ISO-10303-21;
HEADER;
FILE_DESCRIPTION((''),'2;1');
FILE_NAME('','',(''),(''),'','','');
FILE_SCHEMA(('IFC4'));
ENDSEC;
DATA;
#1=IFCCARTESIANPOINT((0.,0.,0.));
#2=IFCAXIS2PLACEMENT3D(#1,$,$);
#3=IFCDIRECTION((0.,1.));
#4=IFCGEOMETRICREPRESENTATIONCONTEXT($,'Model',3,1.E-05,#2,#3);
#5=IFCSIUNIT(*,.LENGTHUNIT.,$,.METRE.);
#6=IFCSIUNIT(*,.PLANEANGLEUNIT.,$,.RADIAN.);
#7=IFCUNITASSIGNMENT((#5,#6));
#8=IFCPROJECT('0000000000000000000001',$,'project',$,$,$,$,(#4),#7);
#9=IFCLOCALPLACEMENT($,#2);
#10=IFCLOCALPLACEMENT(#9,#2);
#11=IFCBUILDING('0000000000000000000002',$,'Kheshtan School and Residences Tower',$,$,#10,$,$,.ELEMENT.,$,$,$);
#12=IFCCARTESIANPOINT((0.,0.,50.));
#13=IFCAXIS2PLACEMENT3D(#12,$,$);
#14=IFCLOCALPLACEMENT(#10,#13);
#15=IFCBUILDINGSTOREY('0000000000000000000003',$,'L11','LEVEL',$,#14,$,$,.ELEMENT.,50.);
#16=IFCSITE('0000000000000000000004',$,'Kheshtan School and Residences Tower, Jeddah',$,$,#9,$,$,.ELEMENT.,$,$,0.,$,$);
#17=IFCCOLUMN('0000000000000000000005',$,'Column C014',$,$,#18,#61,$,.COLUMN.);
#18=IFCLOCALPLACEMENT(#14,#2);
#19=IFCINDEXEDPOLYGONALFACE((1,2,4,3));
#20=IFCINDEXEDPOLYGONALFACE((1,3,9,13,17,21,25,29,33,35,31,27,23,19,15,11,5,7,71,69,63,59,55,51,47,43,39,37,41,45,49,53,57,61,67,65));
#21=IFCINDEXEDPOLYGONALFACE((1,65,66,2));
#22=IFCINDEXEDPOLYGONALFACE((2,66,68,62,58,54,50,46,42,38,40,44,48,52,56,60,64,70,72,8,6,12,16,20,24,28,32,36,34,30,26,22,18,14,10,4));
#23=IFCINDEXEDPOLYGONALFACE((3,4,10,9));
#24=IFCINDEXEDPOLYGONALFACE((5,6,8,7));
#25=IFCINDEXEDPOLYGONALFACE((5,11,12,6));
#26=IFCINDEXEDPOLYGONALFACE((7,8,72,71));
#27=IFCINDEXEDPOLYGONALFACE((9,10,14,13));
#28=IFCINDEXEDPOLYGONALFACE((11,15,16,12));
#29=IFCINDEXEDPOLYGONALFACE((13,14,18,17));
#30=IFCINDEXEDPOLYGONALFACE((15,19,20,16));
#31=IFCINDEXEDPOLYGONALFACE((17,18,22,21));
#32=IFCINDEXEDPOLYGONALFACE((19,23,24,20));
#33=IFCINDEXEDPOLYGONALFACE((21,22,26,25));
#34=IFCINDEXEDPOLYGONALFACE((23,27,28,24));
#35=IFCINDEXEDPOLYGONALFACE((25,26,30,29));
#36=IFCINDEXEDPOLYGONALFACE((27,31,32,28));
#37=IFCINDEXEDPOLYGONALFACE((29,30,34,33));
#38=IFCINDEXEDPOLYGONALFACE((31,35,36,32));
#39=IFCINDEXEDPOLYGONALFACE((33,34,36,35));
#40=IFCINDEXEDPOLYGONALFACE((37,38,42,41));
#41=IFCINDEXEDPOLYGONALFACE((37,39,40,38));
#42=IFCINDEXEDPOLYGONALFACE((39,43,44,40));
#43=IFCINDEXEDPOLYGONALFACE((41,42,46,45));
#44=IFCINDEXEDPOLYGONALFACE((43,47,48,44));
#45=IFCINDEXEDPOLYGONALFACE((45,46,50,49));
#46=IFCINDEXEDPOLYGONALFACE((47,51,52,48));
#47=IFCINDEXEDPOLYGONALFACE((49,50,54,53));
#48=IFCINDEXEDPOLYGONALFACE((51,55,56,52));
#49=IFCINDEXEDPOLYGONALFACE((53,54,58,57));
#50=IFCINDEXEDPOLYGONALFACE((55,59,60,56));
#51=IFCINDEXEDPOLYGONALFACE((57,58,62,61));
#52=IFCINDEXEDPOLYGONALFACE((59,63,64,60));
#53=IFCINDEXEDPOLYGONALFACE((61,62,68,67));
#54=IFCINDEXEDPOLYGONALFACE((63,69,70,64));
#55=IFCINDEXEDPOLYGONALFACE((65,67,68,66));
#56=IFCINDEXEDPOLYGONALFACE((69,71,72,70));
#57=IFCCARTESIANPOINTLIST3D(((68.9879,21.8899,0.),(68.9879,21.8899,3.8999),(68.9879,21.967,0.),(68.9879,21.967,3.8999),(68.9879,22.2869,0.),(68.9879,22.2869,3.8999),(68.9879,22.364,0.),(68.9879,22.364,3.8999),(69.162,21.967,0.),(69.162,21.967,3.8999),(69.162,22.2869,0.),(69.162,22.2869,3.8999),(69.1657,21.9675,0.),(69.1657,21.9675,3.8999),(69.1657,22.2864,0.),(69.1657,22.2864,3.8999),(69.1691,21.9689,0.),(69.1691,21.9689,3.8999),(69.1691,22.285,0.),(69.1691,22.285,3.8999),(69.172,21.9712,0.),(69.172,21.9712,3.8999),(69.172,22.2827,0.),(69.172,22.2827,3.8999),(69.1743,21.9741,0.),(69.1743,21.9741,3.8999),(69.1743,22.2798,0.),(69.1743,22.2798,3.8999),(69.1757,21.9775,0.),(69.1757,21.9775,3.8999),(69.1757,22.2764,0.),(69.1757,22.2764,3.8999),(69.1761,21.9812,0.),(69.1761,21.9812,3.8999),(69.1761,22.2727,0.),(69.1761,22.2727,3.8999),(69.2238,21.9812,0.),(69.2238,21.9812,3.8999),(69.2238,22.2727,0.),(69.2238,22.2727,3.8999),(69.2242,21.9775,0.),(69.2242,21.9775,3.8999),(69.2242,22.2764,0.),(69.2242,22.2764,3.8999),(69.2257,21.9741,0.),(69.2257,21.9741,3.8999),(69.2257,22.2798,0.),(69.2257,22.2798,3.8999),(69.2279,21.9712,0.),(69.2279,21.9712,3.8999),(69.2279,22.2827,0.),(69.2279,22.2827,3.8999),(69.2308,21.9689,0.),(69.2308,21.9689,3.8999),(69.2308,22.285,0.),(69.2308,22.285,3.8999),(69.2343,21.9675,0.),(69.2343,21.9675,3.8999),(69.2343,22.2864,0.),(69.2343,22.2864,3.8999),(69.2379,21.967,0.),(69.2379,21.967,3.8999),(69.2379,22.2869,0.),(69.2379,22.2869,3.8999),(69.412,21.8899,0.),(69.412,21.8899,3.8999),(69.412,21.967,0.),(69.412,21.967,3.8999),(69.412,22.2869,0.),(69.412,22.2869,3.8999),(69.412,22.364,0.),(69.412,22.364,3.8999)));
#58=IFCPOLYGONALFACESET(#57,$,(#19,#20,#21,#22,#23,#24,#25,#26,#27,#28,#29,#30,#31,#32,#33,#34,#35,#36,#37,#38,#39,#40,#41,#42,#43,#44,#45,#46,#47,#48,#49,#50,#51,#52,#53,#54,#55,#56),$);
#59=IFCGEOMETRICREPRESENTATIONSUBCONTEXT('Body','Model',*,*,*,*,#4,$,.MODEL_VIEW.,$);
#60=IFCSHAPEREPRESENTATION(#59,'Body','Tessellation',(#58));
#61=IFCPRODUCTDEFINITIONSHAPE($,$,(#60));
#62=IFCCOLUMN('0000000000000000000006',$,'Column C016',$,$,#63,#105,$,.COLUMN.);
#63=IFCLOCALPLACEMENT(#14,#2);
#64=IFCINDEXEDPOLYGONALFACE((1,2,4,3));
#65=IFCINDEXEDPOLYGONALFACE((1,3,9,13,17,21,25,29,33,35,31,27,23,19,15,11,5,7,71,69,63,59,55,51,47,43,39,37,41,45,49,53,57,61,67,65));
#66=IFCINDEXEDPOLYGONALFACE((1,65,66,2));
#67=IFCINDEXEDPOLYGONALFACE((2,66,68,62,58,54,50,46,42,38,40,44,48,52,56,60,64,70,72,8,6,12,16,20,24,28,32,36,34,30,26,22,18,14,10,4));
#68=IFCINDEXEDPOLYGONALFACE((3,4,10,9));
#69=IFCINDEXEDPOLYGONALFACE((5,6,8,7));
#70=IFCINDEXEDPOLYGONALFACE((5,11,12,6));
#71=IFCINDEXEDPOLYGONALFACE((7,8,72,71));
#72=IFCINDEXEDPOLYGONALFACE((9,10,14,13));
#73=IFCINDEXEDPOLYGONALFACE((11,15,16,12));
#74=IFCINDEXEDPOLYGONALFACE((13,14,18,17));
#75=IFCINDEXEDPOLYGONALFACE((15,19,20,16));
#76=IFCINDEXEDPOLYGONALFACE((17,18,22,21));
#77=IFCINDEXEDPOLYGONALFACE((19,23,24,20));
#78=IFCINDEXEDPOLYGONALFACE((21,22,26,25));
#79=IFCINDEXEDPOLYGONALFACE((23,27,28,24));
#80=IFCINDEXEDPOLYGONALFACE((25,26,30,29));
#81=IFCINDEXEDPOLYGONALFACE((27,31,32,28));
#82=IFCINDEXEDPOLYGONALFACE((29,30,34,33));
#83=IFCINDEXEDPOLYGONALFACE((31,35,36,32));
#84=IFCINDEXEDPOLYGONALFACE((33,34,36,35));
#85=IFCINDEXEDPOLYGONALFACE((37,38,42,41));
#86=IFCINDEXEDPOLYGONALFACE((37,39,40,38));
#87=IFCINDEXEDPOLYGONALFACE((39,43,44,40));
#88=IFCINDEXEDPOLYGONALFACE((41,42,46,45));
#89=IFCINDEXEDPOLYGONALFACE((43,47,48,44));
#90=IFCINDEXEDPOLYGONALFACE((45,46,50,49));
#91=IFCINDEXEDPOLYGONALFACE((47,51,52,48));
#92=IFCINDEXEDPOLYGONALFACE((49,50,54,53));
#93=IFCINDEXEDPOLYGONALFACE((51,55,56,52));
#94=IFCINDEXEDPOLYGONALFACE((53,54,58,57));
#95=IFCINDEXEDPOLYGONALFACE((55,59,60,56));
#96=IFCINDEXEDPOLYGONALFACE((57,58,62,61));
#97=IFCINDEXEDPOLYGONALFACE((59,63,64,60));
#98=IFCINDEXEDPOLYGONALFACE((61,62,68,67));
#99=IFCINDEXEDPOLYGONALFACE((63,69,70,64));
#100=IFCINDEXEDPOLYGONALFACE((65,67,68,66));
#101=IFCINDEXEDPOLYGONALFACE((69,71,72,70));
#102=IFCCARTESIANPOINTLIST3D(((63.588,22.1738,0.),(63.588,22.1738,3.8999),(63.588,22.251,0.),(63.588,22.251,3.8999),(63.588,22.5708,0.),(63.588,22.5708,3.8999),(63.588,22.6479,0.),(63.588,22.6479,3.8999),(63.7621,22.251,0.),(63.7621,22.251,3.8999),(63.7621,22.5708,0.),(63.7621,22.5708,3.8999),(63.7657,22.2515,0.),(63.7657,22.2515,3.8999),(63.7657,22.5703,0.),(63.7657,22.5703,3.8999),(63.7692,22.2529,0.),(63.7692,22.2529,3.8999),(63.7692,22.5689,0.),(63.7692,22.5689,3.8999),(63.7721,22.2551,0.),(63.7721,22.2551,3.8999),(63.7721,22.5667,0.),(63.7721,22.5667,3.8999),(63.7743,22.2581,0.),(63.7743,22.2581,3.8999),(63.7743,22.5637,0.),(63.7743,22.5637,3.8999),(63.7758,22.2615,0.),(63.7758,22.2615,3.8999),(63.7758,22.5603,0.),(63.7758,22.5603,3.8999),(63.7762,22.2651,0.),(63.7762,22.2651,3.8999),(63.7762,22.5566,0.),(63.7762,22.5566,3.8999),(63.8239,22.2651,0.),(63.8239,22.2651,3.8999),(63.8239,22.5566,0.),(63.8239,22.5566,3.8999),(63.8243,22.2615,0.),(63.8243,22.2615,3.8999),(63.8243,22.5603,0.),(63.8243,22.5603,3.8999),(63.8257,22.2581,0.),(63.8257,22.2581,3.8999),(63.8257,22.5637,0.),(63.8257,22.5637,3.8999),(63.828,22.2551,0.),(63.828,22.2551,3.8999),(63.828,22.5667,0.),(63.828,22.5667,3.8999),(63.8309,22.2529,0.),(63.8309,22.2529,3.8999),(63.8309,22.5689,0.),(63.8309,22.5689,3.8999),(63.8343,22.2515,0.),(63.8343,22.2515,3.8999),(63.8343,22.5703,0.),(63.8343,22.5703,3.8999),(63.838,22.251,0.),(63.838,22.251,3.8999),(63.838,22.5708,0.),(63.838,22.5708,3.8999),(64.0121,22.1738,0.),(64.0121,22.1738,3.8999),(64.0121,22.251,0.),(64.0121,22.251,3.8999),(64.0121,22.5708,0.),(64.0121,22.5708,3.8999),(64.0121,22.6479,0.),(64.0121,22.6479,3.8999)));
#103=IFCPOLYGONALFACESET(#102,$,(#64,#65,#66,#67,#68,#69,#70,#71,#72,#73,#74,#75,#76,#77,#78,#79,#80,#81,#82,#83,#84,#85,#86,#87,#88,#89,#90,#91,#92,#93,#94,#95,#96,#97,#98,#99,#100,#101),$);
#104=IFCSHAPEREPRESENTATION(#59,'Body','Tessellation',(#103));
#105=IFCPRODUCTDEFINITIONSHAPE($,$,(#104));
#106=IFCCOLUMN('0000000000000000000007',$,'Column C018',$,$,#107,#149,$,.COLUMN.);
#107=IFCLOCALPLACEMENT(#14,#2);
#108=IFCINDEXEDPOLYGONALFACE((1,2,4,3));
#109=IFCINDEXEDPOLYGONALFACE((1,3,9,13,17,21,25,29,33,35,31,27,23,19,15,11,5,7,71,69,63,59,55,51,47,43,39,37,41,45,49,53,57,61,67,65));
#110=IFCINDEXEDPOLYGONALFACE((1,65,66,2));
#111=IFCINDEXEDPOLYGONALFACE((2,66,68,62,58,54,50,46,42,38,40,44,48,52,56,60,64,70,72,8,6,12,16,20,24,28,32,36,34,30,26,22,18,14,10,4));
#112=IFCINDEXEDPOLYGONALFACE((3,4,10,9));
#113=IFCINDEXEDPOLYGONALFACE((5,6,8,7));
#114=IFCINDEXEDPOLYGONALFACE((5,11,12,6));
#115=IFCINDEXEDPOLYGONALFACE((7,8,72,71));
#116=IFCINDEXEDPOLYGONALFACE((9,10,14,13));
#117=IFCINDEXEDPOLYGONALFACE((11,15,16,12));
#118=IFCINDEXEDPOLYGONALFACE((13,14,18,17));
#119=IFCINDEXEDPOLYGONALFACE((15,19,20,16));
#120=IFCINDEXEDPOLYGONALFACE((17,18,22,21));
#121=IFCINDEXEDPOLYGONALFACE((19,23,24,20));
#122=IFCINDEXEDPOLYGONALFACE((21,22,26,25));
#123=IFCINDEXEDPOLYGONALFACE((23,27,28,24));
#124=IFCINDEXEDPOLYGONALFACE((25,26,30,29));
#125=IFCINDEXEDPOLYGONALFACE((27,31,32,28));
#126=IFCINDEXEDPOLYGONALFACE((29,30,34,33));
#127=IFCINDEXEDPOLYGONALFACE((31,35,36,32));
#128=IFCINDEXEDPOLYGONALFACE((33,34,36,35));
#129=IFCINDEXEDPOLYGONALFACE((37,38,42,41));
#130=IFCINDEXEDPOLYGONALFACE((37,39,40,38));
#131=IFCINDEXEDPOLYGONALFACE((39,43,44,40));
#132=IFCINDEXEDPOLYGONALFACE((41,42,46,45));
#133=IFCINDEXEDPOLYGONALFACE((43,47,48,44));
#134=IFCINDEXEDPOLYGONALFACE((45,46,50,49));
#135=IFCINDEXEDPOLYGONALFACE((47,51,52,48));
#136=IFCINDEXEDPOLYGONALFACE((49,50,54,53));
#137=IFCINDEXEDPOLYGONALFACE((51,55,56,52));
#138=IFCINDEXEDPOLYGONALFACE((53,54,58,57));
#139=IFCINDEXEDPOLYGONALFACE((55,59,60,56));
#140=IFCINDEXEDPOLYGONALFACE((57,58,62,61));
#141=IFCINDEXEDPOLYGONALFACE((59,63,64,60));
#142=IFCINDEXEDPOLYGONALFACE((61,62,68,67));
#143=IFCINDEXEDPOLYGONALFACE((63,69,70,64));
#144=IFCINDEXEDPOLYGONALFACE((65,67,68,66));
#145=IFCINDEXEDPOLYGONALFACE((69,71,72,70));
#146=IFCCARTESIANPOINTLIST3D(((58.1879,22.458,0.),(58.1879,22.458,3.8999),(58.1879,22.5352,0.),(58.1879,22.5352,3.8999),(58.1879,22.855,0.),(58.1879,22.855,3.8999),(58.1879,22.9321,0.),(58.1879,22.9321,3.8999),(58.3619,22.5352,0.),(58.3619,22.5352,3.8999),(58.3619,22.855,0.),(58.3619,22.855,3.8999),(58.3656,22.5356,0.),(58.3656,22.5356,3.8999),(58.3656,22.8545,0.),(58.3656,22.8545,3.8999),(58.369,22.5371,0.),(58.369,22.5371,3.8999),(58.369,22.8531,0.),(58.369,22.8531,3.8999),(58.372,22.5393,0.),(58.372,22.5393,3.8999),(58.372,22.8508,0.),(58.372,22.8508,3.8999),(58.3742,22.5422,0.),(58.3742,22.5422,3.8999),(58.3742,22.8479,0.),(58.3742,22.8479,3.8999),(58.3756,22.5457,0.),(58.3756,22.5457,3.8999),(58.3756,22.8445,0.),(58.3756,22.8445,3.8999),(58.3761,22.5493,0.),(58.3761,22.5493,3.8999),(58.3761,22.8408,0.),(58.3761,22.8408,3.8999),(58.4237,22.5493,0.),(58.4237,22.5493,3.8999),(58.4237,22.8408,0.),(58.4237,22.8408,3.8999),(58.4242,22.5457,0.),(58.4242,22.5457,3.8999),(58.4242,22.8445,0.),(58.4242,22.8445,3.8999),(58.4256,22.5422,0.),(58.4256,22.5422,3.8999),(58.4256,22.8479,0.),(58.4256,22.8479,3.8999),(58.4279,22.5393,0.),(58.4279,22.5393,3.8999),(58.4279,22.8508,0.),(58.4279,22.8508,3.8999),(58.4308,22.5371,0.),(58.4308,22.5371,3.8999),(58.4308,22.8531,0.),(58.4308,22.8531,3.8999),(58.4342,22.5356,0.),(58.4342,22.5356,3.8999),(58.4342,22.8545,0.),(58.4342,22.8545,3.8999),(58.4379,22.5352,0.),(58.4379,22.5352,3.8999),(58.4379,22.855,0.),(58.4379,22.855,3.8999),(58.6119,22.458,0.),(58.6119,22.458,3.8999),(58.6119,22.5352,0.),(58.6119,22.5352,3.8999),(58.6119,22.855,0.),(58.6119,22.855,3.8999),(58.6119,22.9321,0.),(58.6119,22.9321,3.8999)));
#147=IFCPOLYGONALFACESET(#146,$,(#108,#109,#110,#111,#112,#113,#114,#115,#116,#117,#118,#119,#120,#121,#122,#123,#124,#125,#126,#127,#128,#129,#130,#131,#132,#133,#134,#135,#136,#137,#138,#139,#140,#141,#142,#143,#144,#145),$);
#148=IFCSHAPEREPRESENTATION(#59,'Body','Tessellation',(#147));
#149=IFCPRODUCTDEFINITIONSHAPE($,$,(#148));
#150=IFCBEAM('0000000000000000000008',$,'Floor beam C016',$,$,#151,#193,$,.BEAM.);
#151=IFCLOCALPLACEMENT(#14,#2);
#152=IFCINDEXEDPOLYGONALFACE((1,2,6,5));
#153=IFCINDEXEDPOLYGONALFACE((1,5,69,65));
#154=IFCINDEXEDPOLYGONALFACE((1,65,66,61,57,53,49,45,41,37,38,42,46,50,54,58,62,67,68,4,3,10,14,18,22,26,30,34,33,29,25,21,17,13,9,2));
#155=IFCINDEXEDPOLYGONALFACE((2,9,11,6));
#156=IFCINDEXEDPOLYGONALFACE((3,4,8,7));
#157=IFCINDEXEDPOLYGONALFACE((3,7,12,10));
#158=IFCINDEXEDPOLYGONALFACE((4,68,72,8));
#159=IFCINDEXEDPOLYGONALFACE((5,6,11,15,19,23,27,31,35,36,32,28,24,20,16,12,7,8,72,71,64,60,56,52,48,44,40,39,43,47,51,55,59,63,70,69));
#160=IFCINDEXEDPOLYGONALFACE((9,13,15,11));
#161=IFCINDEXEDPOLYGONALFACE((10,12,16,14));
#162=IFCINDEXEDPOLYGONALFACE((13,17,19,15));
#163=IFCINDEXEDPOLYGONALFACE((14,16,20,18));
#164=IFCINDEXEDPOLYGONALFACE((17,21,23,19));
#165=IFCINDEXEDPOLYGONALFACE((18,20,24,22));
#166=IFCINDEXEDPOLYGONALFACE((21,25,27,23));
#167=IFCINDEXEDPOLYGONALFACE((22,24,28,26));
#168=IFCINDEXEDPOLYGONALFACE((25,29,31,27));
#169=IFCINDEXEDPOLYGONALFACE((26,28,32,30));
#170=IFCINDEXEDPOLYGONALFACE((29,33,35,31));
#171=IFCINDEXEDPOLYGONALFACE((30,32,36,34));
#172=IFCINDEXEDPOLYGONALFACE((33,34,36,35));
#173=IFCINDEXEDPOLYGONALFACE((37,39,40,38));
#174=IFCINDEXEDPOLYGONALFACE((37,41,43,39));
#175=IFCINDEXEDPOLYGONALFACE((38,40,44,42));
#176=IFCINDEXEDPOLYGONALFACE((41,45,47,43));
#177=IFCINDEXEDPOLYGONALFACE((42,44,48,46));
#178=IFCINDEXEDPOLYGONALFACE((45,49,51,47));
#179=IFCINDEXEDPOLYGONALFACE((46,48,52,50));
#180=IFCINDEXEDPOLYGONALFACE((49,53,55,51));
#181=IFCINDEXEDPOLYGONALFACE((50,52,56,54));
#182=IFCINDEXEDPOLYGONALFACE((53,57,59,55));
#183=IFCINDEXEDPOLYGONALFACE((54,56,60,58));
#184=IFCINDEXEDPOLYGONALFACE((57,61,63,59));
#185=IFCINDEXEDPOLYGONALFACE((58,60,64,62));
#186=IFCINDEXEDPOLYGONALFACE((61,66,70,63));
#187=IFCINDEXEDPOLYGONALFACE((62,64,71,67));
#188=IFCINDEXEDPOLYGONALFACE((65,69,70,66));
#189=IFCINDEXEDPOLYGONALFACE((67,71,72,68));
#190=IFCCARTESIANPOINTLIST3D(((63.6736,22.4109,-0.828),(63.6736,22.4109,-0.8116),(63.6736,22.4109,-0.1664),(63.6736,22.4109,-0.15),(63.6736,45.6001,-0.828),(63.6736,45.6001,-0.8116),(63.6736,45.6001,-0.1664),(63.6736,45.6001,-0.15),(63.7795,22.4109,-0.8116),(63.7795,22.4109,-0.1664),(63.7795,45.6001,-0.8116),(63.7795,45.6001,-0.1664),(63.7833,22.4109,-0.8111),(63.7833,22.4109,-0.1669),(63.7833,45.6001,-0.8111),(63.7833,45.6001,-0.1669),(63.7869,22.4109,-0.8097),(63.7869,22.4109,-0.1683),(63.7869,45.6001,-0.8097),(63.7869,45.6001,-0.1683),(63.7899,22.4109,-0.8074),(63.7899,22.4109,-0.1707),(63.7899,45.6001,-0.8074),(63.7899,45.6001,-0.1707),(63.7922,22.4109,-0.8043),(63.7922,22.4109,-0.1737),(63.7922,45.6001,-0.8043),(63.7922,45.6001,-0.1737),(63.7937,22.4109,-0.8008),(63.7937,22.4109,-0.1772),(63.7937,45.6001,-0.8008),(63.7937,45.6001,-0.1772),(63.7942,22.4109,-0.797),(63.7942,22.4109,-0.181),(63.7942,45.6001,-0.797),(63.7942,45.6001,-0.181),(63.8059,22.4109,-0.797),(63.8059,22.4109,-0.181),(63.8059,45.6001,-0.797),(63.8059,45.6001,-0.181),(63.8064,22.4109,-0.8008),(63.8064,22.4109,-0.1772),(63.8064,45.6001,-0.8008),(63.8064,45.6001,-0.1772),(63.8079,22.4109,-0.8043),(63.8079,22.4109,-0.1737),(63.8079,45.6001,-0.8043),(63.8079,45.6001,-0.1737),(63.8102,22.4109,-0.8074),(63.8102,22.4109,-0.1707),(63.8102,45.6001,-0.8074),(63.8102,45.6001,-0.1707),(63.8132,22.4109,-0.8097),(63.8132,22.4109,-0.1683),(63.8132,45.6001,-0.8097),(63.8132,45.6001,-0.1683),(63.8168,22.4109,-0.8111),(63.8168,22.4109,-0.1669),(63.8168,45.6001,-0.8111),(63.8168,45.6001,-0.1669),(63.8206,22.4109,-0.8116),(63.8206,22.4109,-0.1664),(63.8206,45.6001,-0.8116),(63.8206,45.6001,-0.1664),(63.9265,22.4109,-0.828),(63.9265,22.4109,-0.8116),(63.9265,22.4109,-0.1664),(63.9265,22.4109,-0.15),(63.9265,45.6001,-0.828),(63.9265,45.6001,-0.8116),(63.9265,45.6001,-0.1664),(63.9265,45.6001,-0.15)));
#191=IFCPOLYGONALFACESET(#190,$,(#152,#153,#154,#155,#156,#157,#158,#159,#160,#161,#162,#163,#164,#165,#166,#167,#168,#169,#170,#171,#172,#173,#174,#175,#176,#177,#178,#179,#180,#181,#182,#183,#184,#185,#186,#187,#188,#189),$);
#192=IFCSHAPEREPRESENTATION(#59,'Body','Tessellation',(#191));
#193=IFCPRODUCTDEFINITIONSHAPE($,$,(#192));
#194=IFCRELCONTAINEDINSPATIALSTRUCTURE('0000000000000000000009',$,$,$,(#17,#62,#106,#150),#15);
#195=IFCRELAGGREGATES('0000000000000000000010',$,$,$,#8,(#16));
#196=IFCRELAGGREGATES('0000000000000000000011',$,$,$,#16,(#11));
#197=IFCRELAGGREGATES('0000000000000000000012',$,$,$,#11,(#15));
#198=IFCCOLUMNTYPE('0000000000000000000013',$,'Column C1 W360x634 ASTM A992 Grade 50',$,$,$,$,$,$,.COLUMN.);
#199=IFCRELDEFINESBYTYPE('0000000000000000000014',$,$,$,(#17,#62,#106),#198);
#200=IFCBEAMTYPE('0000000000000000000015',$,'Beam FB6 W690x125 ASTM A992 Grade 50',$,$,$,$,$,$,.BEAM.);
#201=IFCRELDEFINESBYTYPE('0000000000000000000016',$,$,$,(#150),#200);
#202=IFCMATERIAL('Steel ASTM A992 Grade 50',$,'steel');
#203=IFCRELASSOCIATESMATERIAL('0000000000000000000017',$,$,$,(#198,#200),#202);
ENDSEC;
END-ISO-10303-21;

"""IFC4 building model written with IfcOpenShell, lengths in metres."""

from ifc_helpers import new_model, si_unit, direction, frame, origin, origin_2d, place, context, subcontext, project, spatial, i_section, extrude, material, material_profile, profile_set, type_object, element, save


model = new_model("IFC4")

# Units and contexts
model_context = context("Model", 3, precision=1e-05, world=origin(), true_north=direction((0.0, 1.0)))
body_context = subcontext(model_context, "Body", "Model", "MODEL_VIEW")
ifc_project = project(units=[si_unit("LENGTHUNIT", "METRE"), si_unit("PLANEANGLEUNIT", "RADIAN")], contexts=[model_context])

# Site, building, storey
site_placement = place(None, origin())
site = spatial("IfcSite", under=ifc_project, at=site_placement, Name="Kheshtan School and Residences Tower, Jeddah", CompositionType="ELEMENT", RefElevation=0.0)
building_placement = place(site_placement, origin())
building = spatial("IfcBuilding", under=site, at=building_placement, Name="Kheshtan School and Residences Tower", CompositionType="ELEMENT")
storey_placement = place(building_placement, frame((0.0, 0.0, 50.0)))
storey = spatial("IfcBuildingStorey", under=building, at=storey_placement, Name="L11", Description="LEVEL", CompositionType="ELEMENT", Elevation=50.0)

# Columns
ifc_material_1 = material(Name="Steel ASTM A992 Grade 50", Category="steel")
ifc_material_profile_1 = material_profile(ifc_material_1, i_section(OverallWidth=0.4241, OverallDepth=0.4741, WebThickness=0.0476, FlangeThickness=0.0771, FilletRadius=0.0142, at=origin_2d()), Name="W360x634")
ifc_profile_set_1 = profile_set([ifc_material_profile_1], Name="Steel ASTM A992 Grade 50")
column_type = type_object("IfcColumnType", Name="Column C1 W360x634 ASTM A992 Grade 50", PredefinedType="COLUMN", material=ifc_profile_set_1)
for number, where, z_axis, x_axis, name in (
    (1, (69.2, 22.127, 0.0), (0.0, 0.0, 1.0), (1.0, 0.0, 0.0), "Column C014"),
    (2, (63.8, 22.4109, 0.0), (0.0, 0.0, 1.0), (1.0, 0.0, 0.0), "Column C016"),
    (3, (58.3999, 22.6951, 0.0), (0.0, 0.0, 1.0), (1.0, 0.0, 0.0), "Column C018"),
):
    element("IfcColumn", number, at=place(storey_placement, frame(where, z_axis=z_axis, x_axis=x_axis)), inside=storey, type_object=column_type, Name=name, PredefinedType="COLUMN", context=body_context, shape_type="SweptSolid", body=[
        extrude(i_section(OverallWidth=0.4241, OverallDepth=0.4741, WebThickness=0.0476, FlangeThickness=0.0771, FilletRadius=0.0142, at=origin_2d()), origin(), (0.0, 0.0, 1.0), 3.8999),
    ])

# Beam
ifc_material_profile_2 = material_profile(ifc_material_1, i_section(OverallWidth=0.2529, OverallDepth=0.678, WebThickness=0.0117, FlangeThickness=0.0164, FilletRadius=0.0146, at=origin_2d()), Name="W690x125")
ifc_profile_set_2 = profile_set([ifc_material_profile_2], Name="Steel ASTM A992 Grade 50")
beam_type_1 = type_object("IfcBeamType", Name="Beam FB6 W690x125 ASTM A992 Grade 50", PredefinedType="BEAM", material=ifc_profile_set_2)
beam_1_placement = place(storey_placement, frame((63.8, 22.4109, -0.489), z_axis=(0.0, 1.0, 0.0), x_axis=(-1.0, 0.0, 0.0)))
element("IfcBeam", 4, at=beam_1_placement, inside=storey, type_object=beam_type_1, Name="Floor beam C016", PredefinedType="BEAM", context=body_context, shape_type="SweptSolid", body=[
    extrude(i_section(OverallWidth=0.2529, OverallDepth=0.678, WebThickness=0.0117, FlangeThickness=0.0164, FilletRadius=0.0146, at=origin_2d()), origin(), (0.0, 0.0, 1.0), 23.1892),
])

save(model, "model.ifc")
